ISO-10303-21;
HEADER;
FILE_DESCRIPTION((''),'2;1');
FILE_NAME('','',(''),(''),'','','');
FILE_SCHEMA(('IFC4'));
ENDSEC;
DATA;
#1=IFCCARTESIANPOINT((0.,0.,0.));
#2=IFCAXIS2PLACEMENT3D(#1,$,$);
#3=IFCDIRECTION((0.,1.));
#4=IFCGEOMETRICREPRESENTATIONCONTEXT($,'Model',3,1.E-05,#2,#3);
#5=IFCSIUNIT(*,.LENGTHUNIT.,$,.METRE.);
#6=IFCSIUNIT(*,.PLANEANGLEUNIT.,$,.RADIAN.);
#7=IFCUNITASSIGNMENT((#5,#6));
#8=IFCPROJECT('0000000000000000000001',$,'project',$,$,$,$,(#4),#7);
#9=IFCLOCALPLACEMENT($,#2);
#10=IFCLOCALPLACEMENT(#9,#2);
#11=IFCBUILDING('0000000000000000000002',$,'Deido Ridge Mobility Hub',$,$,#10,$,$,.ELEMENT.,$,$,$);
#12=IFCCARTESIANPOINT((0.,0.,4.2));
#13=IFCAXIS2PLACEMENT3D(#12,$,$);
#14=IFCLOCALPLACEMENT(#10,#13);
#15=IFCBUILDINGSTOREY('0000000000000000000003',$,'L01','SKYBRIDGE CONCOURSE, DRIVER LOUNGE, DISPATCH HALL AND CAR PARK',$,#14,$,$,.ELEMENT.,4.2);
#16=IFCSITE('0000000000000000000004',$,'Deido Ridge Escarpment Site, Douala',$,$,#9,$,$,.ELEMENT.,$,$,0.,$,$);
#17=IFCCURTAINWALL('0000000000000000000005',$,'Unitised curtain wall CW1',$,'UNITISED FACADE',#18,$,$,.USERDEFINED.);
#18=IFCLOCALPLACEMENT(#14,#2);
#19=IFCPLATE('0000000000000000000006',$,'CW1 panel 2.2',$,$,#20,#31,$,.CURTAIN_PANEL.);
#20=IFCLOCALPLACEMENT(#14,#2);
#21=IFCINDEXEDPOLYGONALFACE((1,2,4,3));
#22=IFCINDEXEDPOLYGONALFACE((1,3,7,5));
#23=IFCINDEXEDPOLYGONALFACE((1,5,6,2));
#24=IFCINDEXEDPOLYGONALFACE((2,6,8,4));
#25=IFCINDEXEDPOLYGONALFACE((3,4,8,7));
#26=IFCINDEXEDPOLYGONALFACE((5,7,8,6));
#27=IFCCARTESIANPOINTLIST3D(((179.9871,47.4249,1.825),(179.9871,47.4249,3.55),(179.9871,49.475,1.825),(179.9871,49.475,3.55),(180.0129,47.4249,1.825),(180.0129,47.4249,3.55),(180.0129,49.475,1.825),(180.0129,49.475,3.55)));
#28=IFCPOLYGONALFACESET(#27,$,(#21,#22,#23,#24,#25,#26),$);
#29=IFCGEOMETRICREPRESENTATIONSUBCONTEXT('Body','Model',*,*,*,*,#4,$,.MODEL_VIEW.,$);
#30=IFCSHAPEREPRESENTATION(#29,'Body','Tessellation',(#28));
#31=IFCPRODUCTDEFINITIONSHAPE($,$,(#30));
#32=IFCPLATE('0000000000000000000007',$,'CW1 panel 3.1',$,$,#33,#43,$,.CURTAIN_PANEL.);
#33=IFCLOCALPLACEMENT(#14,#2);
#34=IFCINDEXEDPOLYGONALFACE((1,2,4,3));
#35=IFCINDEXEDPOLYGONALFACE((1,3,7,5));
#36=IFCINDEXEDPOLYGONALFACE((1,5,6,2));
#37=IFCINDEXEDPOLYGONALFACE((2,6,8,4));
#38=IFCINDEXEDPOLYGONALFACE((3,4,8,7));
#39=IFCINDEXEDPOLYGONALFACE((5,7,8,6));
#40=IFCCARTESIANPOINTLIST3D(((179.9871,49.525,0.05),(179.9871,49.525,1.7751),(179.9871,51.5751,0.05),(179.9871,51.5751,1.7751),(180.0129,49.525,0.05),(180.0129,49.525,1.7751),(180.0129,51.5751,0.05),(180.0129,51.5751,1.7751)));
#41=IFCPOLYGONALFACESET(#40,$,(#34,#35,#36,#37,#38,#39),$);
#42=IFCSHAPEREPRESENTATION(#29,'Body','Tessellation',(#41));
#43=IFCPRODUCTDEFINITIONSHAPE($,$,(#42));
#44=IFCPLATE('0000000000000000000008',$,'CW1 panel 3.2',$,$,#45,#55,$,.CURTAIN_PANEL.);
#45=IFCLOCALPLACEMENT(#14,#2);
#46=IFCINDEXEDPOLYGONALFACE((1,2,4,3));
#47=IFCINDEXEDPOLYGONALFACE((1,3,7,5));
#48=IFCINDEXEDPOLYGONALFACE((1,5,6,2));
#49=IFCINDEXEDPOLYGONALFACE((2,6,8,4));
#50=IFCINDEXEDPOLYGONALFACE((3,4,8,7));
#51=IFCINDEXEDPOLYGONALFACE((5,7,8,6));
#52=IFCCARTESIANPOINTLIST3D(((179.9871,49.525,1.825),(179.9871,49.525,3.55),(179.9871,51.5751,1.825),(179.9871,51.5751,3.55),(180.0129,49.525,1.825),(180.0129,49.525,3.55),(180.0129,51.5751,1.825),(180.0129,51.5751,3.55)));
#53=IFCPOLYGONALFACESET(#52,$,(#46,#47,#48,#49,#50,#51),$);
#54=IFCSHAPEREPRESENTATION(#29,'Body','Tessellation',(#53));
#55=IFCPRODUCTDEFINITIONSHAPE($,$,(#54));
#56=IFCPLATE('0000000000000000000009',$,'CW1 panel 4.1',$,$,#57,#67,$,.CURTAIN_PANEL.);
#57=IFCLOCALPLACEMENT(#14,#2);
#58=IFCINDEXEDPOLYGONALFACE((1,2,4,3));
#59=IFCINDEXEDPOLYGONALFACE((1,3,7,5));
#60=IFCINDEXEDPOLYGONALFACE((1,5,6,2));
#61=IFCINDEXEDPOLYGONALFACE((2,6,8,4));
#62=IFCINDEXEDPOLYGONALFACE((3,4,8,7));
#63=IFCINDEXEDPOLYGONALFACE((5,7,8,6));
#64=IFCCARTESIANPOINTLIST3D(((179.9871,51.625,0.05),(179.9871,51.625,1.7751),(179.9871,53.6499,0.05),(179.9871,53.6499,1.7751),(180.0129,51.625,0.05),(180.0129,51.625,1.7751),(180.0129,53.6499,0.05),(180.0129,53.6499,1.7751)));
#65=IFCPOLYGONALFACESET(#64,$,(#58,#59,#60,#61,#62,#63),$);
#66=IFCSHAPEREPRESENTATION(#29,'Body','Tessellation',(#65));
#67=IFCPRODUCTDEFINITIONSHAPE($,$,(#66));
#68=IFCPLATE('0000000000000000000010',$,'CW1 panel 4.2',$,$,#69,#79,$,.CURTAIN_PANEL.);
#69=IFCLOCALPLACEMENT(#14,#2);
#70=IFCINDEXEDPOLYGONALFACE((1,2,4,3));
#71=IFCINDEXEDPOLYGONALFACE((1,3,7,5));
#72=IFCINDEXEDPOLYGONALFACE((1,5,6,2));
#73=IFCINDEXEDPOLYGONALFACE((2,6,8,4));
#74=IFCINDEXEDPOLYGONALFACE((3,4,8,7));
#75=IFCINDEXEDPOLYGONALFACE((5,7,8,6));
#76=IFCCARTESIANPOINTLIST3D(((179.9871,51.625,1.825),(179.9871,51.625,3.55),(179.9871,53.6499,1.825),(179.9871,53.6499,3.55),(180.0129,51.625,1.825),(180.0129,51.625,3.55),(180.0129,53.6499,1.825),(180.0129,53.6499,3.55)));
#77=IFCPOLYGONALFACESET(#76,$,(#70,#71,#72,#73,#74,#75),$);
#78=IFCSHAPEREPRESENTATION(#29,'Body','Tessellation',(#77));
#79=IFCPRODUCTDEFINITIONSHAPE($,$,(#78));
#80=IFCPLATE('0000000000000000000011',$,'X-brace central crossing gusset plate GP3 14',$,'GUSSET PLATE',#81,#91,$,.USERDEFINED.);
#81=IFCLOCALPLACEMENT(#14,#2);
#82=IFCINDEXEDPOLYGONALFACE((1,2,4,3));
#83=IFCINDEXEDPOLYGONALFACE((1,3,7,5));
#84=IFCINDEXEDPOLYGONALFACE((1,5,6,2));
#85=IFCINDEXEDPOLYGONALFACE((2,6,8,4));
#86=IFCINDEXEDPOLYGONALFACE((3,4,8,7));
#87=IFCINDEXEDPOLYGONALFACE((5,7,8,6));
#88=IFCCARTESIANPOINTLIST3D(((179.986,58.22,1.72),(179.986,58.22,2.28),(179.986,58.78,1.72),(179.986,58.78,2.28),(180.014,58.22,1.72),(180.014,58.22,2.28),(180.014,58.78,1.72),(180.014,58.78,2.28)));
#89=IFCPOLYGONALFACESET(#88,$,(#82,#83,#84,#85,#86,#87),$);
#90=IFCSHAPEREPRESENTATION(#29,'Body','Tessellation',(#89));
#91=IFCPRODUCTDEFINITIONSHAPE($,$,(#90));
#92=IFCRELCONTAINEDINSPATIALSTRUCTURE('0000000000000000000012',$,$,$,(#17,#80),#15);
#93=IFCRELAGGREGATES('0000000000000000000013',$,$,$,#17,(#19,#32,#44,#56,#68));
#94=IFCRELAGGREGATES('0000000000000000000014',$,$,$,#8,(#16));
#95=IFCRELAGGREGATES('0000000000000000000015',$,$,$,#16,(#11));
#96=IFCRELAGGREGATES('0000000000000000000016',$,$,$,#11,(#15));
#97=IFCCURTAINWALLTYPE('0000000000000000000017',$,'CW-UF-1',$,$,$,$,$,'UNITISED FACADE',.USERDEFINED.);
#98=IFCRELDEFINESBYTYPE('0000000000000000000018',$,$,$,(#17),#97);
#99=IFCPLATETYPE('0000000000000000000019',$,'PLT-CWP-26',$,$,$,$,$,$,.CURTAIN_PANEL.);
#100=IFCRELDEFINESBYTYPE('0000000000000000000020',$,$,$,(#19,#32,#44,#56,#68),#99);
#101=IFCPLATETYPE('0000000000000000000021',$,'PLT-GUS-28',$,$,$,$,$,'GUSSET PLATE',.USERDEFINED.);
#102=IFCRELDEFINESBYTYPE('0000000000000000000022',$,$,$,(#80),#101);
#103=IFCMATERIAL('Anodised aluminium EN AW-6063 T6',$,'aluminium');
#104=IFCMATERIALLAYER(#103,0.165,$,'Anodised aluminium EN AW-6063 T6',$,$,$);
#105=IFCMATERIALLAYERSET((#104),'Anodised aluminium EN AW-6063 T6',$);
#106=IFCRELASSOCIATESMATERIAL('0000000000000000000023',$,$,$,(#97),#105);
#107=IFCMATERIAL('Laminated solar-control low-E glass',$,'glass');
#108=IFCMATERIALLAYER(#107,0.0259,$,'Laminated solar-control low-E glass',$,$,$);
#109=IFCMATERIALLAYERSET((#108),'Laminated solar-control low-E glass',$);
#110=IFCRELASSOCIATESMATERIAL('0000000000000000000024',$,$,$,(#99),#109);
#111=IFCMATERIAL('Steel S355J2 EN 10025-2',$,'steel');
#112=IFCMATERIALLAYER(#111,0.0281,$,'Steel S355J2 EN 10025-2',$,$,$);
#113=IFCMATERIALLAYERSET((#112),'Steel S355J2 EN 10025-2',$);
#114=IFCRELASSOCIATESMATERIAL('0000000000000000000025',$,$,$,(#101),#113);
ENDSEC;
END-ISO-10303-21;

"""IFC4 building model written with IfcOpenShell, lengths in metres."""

from ifc_helpers import new_model, si_unit, direction, frame, origin, origin_2d, place, context, subcontext, project, spatial, rectangle, extrude, material, layer, layer_set, type_object, element, aggregate, save


model = new_model("IFC4")

# Units and contexts
model_context = context("Model", 3, precision=1e-05, world=origin(), true_north=direction((0.0, 1.0)))
body_context = subcontext(model_context, "Body", "Model", "MODEL_VIEW")
ifc_project = project(units=[si_unit("LENGTHUNIT", "METRE"), si_unit("PLANEANGLEUNIT", "RADIAN")], contexts=[model_context])

# Site, building, storey
site_placement = place(None, origin())
site = spatial("IfcSite", under=ifc_project, at=site_placement, Name="Deido Ridge Escarpment Site, Douala", CompositionType="ELEMENT", RefElevation=0.0)
building_placement = place(site_placement, origin())
building = spatial("IfcBuilding", under=site, at=building_placement, Name="Deido Ridge Mobility Hub", CompositionType="ELEMENT")
storey_placement = place(building_placement, frame((0.0, 0.0, 4.2)))
storey = spatial("IfcBuildingStorey", under=building, at=storey_placement, Name="L01", Description="SKYBRIDGE CONCOURSE, DRIVER LOUNGE, DISPATCH HALL AND CAR PARK", CompositionType="ELEMENT", Elevation=4.2)

# Shared definitions
ifc_material_1 = material(Name="Steel S355J2 EN 10025-2", Category="steel")

# Curtain wall
ifc_material_2 = material(Name="Anodised aluminium EN AW-6063 T6", Category="aluminium")
ifc_layer_1 = layer(ifc_material_2, 0.165, Name="Anodised aluminium EN AW-6063 T6")
ifc_layer_set_1 = layer_set([ifc_layer_1], Name="Anodised aluminium EN AW-6063 T6")
curtain_wall_type_1 = type_object("IfcCurtainWallType", Name="CW-UF-1", ElementType="UNITISED FACADE", PredefinedType="USERDEFINED", material=ifc_layer_set_1)
curtain_wall_1_placement = place(storey_placement, origin())
curtain_wall_1 = element("IfcCurtainWall", 1, at=curtain_wall_1_placement, inside=storey, type_object=curtain_wall_type_1, Name="Unitised curtain wall CW1", ObjectType="UNITISED FACADE", PredefinedType="USERDEFINED")

# Plates
ifc_material_3 = material(Name="Laminated solar-control low-E glass", Category="glass")
ifc_layer_2 = layer(ifc_material_3, 0.0259, Name="Laminated solar-control low-E glass")
ifc_layer_set_2 = layer_set([ifc_layer_2], Name="Laminated solar-control low-E glass")
plate_type_1 = type_object("IfcPlateType", Name="PLT-CWP-26", PredefinedType="CURTAIN_PANEL", material=ifc_layer_set_2)
plate_1_placement = place(storey_placement, frame((180.0, 48.45, 1.825), z_axis=(0.0, 0.0, 1.0), x_axis=(0.0, 1.0, 0.0)))
plate_1 = element("IfcPlate", 2, at=plate_1_placement, type_object=plate_type_1, Name="CW1 panel 2.2", PredefinedType="CURTAIN_PANEL", context=body_context, shape_type="SweptSolid", body=[
    extrude(rectangle(XDim=2.05, YDim=0.0259, at=origin_2d()), origin(), (0.0, 0.0, 1.0), 1.7251),
])
plate_2_placement = place(storey_placement, frame((180.0, 50.55, 0.05), z_axis=(0.0, 0.0, 1.0), x_axis=(0.0, 1.0, 0.0)))
plate_2 = element("IfcPlate", 3, at=plate_2_placement, type_object=plate_type_1, Name="CW1 panel 3.1", PredefinedType="CURTAIN_PANEL", context=body_context, shape_type="SweptSolid", body=[
    extrude(rectangle(XDim=2.05, YDim=0.0259, at=origin_2d()), origin(), (0.0, 0.0, 1.0), 1.7251),
])
plate_3_placement = place(storey_placement, frame((180.0, 50.55, 1.825), z_axis=(0.0, 0.0, 1.0), x_axis=(0.0, 1.0, 0.0)))
plate_3 = element("IfcPlate", 4, at=plate_3_placement, type_object=plate_type_1, Name="CW1 panel 3.2", PredefinedType="CURTAIN_PANEL", context=body_context, shape_type="SweptSolid", body=[
    extrude(rectangle(XDim=2.05, YDim=0.0259, at=origin_2d()), origin(), (0.0, 0.0, 1.0), 1.7251),
])
plate_4_placement = place(storey_placement, frame((180.0, 52.6375, 0.05), z_axis=(0.0, 0.0, 1.0), x_axis=(0.0, 1.0, 0.0)))
plate_4 = element("IfcPlate", 5, at=plate_4_placement, type_object=plate_type_1, Name="CW1 panel 4.1", PredefinedType="CURTAIN_PANEL", context=body_context, shape_type="SweptSolid", body=[
    extrude(rectangle(XDim=2.0249, YDim=0.0259, at=origin_2d()), origin(), (0.0, 0.0, 1.0), 1.7251),
])
plate_5_placement = place(storey_placement, frame((180.0, 52.6375, 1.825), z_axis=(0.0, 0.0, 1.0), x_axis=(0.0, 1.0, 0.0)))
plate_5 = element("IfcPlate", 6, at=plate_5_placement, type_object=plate_type_1, Name="CW1 panel 4.2", PredefinedType="CURTAIN_PANEL", context=body_context, shape_type="SweptSolid", body=[
    extrude(rectangle(XDim=2.0249, YDim=0.0259, at=origin_2d()), origin(), (0.0, 0.0, 1.0), 1.7251),
])
aggregate(curtain_wall_1, [plate_1, plate_2, plate_3, plate_4, plate_5])
ifc_layer_3 = layer(ifc_material_1, 0.0281, Name="Steel S355J2 EN 10025-2")
ifc_layer_set_3 = layer_set([ifc_layer_3], Name="Steel S355J2 EN 10025-2")
plate_type_2 = type_object("IfcPlateType", Name="PLT-GUS-28", ElementType="GUSSET PLATE", PredefinedType="USERDEFINED", material=ifc_layer_set_3)
plate_6_placement = place(storey_placement, frame((180.0, 58.5, 1.72), z_axis=(0.0, 0.0, 1.0), x_axis=(0.0, 1.0, 0.0)))
element("IfcPlate", 7, at=plate_6_placement, inside=storey, type_object=plate_type_2, Name="X-brace central crossing gusset plate GP3 14", ObjectType="GUSSET PLATE", PredefinedType="USERDEFINED", context=body_context, shape_type="SweptSolid", body=[
    extrude(rectangle(XDim=0.5601, YDim=0.0281, at=origin_2d()), origin(), (0.0, 0.0, 1.0), 0.5601),
])

save(model, "model.ifc")
